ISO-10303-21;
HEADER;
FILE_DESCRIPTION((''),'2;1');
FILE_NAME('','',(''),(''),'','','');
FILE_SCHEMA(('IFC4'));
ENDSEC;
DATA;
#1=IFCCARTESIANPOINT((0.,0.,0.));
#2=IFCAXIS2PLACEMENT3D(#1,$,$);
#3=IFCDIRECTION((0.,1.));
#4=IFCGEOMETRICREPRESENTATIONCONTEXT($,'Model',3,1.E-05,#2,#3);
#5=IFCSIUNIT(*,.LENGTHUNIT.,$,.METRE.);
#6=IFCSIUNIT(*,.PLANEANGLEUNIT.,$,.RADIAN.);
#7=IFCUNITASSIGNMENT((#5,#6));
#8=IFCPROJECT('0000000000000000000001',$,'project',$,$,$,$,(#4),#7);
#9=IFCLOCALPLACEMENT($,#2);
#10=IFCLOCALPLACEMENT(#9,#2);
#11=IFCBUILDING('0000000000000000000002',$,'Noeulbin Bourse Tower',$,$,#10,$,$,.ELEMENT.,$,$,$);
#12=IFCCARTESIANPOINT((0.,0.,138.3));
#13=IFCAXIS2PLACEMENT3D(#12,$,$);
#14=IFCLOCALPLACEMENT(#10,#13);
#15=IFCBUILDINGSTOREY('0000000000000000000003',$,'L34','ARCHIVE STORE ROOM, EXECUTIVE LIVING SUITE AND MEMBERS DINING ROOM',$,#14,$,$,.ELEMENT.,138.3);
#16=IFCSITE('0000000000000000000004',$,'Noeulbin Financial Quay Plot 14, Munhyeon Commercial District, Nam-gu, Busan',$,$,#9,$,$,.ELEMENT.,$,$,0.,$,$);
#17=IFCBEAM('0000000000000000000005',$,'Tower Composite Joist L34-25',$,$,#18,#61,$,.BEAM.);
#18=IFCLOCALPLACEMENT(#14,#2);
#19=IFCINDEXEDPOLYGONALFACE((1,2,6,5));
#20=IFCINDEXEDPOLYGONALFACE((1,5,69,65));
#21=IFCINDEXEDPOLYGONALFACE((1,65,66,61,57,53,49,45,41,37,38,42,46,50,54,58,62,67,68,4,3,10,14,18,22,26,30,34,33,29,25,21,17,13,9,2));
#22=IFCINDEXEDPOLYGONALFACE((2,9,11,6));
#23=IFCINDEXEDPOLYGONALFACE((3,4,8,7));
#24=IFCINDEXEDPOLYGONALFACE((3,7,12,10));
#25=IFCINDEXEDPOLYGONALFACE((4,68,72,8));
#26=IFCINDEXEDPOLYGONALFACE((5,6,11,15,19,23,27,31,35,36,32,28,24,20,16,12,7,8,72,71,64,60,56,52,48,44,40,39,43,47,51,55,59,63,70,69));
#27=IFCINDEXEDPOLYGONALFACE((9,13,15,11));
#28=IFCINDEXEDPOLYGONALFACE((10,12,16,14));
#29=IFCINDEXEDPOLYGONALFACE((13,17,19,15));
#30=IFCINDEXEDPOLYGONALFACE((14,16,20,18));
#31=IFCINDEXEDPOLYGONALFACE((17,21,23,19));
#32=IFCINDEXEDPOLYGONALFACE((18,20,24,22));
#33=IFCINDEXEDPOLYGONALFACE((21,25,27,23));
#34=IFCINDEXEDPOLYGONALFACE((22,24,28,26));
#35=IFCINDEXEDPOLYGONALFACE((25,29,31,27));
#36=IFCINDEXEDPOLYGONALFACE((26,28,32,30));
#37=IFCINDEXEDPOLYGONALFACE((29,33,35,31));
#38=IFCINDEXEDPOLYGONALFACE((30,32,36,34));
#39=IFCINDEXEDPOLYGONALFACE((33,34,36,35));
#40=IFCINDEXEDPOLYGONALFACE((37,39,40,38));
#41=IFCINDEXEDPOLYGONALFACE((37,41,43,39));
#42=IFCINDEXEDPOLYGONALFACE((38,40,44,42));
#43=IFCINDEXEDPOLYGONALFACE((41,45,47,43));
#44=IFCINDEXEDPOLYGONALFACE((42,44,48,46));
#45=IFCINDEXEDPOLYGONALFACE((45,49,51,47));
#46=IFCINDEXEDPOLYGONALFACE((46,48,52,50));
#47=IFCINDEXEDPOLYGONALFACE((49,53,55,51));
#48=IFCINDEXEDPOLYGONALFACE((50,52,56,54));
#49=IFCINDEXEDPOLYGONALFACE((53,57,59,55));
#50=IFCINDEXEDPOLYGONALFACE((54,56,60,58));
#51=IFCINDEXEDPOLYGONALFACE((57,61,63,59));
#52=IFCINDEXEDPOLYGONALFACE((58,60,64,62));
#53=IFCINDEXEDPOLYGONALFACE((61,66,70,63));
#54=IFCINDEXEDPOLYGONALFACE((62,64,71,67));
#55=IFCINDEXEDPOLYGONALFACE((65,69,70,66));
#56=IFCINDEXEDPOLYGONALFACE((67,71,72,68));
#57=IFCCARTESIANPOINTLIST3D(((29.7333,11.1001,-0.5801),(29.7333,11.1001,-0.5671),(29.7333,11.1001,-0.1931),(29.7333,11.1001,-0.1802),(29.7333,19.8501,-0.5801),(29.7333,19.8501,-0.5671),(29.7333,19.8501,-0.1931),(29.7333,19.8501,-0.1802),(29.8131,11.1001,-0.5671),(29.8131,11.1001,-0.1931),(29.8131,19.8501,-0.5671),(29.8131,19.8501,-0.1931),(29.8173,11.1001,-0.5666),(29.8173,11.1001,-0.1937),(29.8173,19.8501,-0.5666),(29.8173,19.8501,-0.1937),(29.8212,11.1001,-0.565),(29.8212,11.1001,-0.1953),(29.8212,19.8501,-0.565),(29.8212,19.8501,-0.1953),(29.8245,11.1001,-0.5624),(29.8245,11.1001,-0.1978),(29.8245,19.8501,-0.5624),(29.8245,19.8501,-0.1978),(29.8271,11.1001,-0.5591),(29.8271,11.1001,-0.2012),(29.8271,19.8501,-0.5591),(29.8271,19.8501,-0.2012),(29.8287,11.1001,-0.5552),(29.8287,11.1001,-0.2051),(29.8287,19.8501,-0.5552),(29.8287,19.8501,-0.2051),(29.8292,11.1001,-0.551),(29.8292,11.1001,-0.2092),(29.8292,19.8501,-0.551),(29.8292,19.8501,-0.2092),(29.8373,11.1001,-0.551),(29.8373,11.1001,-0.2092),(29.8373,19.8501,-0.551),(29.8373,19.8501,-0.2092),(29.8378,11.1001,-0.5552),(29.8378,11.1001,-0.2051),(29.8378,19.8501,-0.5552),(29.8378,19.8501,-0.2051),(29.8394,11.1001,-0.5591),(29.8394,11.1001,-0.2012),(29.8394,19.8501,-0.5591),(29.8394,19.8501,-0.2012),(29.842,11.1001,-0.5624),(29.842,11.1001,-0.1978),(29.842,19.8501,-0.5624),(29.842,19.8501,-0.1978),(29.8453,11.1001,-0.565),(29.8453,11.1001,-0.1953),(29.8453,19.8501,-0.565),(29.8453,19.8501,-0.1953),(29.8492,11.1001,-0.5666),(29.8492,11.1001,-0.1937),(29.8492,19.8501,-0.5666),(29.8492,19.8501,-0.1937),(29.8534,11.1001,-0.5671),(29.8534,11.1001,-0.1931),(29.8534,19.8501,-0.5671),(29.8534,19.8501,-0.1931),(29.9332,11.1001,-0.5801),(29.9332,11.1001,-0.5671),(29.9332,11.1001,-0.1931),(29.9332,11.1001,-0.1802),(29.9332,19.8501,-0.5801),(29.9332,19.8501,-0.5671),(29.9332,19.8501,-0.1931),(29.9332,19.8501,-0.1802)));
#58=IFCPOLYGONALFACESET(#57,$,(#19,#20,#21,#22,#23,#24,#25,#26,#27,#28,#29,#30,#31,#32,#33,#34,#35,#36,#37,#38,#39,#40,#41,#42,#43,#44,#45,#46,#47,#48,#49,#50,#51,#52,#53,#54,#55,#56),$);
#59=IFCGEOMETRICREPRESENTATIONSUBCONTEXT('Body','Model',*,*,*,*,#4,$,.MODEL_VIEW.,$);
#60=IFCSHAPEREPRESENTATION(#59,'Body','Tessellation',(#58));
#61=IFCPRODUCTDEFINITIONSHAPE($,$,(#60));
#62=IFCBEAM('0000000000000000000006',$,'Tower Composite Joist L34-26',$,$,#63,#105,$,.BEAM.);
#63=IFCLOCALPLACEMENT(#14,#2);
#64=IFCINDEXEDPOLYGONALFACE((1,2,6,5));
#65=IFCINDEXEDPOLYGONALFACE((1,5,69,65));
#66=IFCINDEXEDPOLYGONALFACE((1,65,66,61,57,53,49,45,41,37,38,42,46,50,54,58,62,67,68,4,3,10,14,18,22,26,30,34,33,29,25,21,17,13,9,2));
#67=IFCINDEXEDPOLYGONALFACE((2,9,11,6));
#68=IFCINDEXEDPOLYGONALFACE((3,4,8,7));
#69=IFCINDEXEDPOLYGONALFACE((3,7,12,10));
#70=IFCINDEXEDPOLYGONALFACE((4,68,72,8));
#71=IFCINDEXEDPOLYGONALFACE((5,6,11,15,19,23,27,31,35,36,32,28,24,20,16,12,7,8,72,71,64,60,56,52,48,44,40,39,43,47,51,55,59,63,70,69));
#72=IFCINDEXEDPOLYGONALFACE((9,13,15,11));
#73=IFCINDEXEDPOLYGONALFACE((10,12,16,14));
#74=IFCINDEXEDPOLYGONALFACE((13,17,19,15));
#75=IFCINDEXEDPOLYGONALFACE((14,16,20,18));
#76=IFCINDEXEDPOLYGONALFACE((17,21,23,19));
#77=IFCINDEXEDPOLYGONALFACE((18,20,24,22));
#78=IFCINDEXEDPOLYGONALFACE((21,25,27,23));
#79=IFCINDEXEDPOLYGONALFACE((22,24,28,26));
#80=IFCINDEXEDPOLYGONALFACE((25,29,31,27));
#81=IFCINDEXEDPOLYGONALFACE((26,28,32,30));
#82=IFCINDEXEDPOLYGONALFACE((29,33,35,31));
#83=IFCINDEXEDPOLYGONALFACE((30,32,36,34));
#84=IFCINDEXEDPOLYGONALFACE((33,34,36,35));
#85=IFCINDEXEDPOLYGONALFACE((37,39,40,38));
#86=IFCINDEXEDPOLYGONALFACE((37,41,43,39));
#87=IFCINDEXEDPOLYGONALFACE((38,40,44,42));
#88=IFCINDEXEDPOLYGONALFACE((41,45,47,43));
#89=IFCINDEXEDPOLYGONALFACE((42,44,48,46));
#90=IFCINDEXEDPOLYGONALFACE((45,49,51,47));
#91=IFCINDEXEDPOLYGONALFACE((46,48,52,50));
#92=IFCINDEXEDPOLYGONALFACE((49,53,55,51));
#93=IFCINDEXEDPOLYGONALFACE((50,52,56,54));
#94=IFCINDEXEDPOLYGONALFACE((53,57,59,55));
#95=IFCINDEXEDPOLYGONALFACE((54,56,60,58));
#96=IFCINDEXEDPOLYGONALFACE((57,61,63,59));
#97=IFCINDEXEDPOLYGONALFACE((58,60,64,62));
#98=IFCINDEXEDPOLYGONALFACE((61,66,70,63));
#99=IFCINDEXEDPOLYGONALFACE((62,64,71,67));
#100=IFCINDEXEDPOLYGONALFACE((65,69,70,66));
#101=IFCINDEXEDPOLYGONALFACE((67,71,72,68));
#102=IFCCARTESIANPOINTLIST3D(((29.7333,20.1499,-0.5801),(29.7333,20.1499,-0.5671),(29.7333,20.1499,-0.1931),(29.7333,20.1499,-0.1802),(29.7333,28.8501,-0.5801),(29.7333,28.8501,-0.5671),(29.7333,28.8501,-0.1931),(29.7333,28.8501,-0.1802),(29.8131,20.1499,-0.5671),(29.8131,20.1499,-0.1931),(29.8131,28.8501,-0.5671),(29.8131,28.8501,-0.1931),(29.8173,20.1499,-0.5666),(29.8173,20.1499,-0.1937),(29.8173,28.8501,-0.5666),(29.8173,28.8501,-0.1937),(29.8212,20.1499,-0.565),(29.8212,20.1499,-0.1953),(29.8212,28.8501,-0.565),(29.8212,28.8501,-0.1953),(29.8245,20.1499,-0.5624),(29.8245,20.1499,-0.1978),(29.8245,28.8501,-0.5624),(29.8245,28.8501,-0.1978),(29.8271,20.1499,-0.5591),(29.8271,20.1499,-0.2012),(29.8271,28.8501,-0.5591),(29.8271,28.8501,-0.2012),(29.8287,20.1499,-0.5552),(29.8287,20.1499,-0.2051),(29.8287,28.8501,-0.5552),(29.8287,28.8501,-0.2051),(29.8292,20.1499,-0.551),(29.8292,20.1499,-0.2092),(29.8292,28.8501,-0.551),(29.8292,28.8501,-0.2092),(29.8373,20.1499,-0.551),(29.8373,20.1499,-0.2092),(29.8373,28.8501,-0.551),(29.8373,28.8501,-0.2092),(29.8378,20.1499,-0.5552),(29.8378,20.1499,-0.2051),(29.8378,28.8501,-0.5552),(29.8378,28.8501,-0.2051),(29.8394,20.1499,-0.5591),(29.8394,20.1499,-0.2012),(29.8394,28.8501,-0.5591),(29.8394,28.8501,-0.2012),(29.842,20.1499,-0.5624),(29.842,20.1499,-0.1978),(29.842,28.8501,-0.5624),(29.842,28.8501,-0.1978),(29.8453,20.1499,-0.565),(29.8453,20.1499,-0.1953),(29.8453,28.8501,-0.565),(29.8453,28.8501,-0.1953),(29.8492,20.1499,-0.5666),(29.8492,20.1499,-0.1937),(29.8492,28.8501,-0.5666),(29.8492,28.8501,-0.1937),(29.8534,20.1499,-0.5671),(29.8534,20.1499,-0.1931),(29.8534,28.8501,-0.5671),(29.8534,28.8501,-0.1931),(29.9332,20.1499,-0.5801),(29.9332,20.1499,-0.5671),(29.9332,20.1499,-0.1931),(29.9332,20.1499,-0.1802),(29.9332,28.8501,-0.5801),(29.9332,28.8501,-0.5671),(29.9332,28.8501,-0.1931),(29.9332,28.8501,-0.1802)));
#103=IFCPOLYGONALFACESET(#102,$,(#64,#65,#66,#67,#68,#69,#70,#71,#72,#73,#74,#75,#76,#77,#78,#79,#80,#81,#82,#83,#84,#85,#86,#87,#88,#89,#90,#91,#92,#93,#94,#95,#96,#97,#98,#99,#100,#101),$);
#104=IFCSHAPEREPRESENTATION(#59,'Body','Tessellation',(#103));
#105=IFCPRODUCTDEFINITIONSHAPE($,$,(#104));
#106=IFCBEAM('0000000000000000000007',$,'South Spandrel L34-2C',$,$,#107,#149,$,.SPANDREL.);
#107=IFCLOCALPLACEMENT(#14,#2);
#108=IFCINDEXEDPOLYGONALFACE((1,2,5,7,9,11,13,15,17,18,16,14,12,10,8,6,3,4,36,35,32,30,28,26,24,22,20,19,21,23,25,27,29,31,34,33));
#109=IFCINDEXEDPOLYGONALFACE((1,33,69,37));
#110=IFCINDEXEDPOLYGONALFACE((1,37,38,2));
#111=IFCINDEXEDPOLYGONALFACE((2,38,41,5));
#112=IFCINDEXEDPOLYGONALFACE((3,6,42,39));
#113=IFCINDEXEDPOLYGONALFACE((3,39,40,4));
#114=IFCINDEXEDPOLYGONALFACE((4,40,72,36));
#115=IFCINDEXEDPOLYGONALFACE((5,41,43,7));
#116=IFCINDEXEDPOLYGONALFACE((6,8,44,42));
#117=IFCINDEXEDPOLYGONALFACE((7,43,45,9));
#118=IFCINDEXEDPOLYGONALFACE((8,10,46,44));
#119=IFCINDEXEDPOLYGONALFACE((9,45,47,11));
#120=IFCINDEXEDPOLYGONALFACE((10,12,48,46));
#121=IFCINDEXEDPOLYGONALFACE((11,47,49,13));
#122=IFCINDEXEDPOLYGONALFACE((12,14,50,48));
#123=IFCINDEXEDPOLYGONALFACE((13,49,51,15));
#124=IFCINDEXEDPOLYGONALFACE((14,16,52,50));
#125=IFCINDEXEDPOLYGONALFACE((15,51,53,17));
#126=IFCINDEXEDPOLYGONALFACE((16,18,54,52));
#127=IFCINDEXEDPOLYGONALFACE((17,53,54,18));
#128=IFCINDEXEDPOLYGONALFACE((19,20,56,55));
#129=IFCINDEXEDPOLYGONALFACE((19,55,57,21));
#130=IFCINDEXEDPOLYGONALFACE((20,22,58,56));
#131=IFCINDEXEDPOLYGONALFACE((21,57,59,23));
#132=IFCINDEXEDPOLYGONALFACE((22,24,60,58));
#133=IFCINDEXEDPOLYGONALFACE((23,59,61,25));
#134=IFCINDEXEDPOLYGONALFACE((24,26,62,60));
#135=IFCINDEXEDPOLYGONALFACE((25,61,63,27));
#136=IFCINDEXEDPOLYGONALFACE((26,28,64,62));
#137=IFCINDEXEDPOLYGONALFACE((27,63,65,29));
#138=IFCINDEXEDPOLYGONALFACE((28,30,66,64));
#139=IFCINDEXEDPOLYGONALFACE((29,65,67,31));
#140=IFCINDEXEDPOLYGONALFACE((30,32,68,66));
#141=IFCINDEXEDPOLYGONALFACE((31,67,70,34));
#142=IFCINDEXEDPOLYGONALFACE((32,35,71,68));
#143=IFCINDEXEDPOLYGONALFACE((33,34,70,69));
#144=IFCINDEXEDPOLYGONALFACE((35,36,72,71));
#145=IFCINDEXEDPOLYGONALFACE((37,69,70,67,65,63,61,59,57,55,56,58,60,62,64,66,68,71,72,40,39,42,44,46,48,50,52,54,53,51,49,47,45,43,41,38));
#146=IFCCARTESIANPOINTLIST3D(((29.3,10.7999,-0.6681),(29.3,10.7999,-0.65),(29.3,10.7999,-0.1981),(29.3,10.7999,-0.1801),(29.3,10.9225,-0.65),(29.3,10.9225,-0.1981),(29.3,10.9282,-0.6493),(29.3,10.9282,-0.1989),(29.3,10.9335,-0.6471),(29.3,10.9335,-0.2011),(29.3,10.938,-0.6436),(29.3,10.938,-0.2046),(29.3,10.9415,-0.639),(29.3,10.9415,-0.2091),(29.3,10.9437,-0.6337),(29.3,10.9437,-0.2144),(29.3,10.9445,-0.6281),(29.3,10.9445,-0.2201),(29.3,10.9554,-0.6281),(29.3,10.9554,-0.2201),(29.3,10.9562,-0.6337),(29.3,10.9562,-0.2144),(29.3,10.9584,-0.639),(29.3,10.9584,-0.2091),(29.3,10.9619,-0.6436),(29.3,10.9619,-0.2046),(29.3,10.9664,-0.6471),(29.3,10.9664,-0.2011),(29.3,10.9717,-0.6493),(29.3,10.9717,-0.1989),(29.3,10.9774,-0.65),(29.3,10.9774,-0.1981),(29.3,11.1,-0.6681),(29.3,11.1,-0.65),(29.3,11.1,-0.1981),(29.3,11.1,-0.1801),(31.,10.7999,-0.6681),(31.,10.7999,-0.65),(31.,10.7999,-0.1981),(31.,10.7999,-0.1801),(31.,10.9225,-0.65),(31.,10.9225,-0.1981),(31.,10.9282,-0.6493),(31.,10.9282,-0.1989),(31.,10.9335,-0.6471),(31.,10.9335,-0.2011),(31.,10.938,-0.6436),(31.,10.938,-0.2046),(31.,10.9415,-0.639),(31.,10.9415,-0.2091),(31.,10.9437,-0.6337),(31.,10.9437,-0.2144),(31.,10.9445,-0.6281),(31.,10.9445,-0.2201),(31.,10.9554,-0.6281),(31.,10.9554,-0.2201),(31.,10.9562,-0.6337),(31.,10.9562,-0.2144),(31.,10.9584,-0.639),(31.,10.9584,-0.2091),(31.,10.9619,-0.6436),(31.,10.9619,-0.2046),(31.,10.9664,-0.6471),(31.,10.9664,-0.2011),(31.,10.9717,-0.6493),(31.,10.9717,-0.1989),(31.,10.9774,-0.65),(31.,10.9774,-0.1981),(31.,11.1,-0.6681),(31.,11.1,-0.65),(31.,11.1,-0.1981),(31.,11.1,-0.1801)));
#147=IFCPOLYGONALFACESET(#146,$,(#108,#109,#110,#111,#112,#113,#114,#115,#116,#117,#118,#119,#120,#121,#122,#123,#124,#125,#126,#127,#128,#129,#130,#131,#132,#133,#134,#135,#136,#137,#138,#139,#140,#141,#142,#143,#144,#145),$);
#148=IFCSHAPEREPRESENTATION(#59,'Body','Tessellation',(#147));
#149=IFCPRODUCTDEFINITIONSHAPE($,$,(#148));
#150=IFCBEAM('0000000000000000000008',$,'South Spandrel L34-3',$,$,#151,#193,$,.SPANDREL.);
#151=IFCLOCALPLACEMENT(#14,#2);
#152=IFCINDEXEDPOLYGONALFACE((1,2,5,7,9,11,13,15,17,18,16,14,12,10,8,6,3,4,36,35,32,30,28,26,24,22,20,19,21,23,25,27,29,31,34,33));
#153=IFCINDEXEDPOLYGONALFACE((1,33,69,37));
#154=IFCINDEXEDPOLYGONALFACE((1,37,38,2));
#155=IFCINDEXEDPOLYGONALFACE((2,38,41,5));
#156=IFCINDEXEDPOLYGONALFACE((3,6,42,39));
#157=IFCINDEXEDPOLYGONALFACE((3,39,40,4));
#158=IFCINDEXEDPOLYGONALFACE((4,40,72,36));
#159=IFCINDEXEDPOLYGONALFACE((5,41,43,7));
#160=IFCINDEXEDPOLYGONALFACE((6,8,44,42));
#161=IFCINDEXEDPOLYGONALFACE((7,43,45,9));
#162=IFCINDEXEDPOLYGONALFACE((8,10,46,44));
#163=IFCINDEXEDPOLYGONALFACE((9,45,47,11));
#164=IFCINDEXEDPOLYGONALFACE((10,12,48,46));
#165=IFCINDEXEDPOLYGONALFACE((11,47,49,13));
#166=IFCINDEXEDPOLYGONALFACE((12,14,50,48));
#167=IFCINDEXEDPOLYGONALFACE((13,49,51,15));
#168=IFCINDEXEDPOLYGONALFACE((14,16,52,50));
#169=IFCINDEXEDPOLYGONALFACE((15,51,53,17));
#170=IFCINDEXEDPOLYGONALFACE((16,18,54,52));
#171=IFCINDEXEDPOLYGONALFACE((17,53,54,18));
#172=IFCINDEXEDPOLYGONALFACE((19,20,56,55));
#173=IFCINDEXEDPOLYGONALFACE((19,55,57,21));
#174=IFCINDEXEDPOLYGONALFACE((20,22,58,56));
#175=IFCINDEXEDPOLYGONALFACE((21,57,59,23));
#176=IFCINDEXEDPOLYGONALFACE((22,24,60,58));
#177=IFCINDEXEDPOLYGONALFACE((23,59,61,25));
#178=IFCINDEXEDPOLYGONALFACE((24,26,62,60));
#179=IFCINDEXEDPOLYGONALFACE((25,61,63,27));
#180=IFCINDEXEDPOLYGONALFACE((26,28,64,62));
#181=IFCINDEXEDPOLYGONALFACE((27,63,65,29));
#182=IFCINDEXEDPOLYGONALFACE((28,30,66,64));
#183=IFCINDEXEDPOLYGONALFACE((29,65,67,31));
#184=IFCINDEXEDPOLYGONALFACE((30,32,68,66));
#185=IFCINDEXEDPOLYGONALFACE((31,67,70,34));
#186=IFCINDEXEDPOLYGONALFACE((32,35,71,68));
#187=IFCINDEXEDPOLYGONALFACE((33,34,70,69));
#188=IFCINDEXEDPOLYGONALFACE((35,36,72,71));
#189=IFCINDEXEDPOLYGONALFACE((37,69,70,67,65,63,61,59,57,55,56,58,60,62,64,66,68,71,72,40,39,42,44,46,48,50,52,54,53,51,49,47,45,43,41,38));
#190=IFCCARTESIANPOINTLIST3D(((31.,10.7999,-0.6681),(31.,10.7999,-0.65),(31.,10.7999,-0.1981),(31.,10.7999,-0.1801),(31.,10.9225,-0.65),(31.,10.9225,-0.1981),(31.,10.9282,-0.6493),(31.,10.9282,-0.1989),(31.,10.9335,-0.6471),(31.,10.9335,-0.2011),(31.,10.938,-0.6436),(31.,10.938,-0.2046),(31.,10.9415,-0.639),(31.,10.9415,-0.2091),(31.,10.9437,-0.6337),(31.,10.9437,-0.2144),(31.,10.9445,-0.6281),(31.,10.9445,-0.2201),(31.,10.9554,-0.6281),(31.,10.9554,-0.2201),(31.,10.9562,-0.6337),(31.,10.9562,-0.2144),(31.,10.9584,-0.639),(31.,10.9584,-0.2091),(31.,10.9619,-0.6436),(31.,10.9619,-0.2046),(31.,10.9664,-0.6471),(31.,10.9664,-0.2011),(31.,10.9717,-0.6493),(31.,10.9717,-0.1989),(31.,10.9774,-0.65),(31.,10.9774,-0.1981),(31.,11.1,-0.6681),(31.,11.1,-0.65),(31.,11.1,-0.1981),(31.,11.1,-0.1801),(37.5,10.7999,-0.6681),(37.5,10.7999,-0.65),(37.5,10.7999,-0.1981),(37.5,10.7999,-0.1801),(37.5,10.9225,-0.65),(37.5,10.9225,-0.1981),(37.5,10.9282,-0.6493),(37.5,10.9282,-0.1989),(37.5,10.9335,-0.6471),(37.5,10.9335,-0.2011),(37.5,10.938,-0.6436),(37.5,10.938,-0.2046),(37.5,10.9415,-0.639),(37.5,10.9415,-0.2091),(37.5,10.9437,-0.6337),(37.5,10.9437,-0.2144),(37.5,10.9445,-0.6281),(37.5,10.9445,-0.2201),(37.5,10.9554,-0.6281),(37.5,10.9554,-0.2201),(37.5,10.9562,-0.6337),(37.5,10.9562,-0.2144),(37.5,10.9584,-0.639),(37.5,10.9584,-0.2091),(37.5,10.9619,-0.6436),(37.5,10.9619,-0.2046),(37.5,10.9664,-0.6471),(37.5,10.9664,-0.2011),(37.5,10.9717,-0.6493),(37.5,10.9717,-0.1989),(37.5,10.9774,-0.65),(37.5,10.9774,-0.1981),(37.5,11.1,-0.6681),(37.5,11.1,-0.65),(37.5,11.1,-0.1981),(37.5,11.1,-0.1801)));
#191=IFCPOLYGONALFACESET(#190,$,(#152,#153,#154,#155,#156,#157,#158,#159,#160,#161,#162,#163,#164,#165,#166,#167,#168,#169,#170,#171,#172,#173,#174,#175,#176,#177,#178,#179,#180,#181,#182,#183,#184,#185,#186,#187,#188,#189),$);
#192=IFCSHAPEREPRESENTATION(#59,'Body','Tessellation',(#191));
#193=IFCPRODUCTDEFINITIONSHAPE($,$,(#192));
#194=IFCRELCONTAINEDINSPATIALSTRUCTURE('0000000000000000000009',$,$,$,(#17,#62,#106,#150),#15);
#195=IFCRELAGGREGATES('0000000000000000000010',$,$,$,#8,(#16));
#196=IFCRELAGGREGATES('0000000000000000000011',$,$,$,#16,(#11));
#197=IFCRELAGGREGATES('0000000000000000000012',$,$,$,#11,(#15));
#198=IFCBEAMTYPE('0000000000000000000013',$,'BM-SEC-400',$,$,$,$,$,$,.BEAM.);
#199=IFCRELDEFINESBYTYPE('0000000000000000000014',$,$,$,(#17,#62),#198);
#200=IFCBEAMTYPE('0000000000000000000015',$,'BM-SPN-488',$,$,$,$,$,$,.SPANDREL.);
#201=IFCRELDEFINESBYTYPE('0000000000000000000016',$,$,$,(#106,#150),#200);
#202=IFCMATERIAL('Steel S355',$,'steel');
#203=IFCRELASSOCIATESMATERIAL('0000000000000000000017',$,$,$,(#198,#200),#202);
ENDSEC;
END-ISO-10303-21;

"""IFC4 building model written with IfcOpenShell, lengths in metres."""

from ifc_helpers import new_model, si_unit, direction, frame, origin, origin_2d, place, context, subcontext, project, spatial, i_section, extrude, material, material_profile, profile_set, type_object, element, save


model = new_model("IFC4")

# Units and contexts
model_context = context("Model", 3, precision=1e-05, world=origin(), true_north=direction((0.0, 1.0)))
body_context = subcontext(model_context, "Body", "Model", "MODEL_VIEW")
ifc_project = project(units=[si_unit("LENGTHUNIT", "METRE"), si_unit("PLANEANGLEUNIT", "RADIAN")], contexts=[model_context])

# Site, building, storey
site_placement = place(None, origin())
site = spatial("IfcSite", under=ifc_project, at=site_placement, Name="Noeulbin Financial Quay Plot 14, Munhyeon Commercial District, Nam-gu, Busan", CompositionType="ELEMENT", RefElevation=0.0)
building_placement = place(site_placement, origin())
building = spatial("IfcBuilding", under=site, at=building_placement, Name="Noeulbin Bourse Tower", CompositionType="ELEMENT")
storey_placement = place(building_placement, frame((0.0, 0.0, 138.3)))
storey = spatial("IfcBuildingStorey", under=building, at=storey_placement, Name="L34", Description="ARCHIVE STORE ROOM, EXECUTIVE LIVING SUITE AND MEMBERS DINING ROOM", CompositionType="ELEMENT", Elevation=138.3)

# Shared definitions
ifc_material_1 = material(Name="Steel S355", Category="steel")

# Beams
ifc_material_profile_1 = material_profile(ifc_material_1, i_section(OverallWidth=0.2, OverallDepth=0.3999, WebThickness=0.0081, FlangeThickness=0.0129, FilletRadius=0.0161, at=origin_2d()), Name="H-400x200x8x13", Category="LoadBearing")
ifc_profile_set_1 = profile_set([ifc_material_profile_1], Name="Steel S355")
beam_type_1 = type_object("IfcBeamType", Name="BM-SEC-400", PredefinedType="BEAM", material=ifc_profile_set_1)
beam_1_placement = place(storey_placement, frame((29.8333, 11.1001, -0.3801), z_axis=(0.0, 1.0, 0.0), x_axis=(-1.0, 0.0, 0.0)))
element("IfcBeam", 1, at=beam_1_placement, inside=storey, type_object=beam_type_1, Name="Tower Composite Joist L34-25", PredefinedType="BEAM", context=body_context, shape_type="SweptSolid", body=[
    extrude(i_section(OverallWidth=0.2, OverallDepth=0.3999, WebThickness=0.0081, FlangeThickness=0.0129, FilletRadius=0.0161, at=origin_2d()), origin(), (0.0, 0.0, 1.0), 8.75),
])
beam_2_placement = place(storey_placement, frame((29.8333, 20.1499, -0.3801), z_axis=(0.0, 1.0, 0.0), x_axis=(-1.0, 0.0, 0.0)))
element("IfcBeam", 2, at=beam_2_placement, inside=storey, type_object=beam_type_1, Name="Tower Composite Joist L34-26", PredefinedType="BEAM", context=body_context, shape_type="SweptSolid", body=[
    extrude(i_section(OverallWidth=0.2, OverallDepth=0.3999, WebThickness=0.0081, FlangeThickness=0.0129, FilletRadius=0.0161, at=origin_2d()), origin(), (0.0, 0.0, 1.0), 8.7002),
])
ifc_material_profile_2 = material_profile(ifc_material_1, i_section(OverallWidth=0.3, OverallDepth=0.488, WebThickness=0.011, FlangeThickness=0.0181, FilletRadius=0.022, at=origin_2d()), Name="H-488x300x11x18", Category="LoadBearing")
ifc_profile_set_2 = profile_set([ifc_material_profile_2], Name="Steel S355")
beam_type_2 = type_object("IfcBeamType", Name="BM-SPN-488", PredefinedType="SPANDREL", material=ifc_profile_set_2)
beam_3_placement = place(storey_placement, frame((29.3, 10.95, -0.4241), z_axis=(1.0, 0.0, 0.0), x_axis=(0.0, 1.0, 0.0)))
element("IfcBeam", 3, at=beam_3_placement, inside=storey, type_object=beam_type_2, Name="South Spandrel L34-2C", PredefinedType="SPANDREL", context=body_context, shape_type="SweptSolid", body=[
    extrude(i_section(OverallWidth=0.3, OverallDepth=0.488, WebThickness=0.011, FlangeThickness=0.0181, FilletRadius=0.022, at=origin_2d()), origin(), (0.0, 0.0, 1.0), 1.7),
])
beam_4_placement = place(storey_placement, frame((31.0, 10.95, -0.4241), z_axis=(1.0, 0.0, 0.0), x_axis=(0.0, 1.0, 0.0)))
element("IfcBeam", 4, at=beam_4_placement, inside=storey, type_object=beam_type_2, Name="South Spandrel L34-3", PredefinedType="SPANDREL", context=body_context, shape_type="SweptSolid", body=[
    extrude(i_section(OverallWidth=0.3, OverallDepth=0.488, WebThickness=0.011, FlangeThickness=0.0181, FilletRadius=0.022, at=origin_2d()), origin(), (0.0, 0.0, 1.0), 6.5),
])

save(model, "model.ifc")
